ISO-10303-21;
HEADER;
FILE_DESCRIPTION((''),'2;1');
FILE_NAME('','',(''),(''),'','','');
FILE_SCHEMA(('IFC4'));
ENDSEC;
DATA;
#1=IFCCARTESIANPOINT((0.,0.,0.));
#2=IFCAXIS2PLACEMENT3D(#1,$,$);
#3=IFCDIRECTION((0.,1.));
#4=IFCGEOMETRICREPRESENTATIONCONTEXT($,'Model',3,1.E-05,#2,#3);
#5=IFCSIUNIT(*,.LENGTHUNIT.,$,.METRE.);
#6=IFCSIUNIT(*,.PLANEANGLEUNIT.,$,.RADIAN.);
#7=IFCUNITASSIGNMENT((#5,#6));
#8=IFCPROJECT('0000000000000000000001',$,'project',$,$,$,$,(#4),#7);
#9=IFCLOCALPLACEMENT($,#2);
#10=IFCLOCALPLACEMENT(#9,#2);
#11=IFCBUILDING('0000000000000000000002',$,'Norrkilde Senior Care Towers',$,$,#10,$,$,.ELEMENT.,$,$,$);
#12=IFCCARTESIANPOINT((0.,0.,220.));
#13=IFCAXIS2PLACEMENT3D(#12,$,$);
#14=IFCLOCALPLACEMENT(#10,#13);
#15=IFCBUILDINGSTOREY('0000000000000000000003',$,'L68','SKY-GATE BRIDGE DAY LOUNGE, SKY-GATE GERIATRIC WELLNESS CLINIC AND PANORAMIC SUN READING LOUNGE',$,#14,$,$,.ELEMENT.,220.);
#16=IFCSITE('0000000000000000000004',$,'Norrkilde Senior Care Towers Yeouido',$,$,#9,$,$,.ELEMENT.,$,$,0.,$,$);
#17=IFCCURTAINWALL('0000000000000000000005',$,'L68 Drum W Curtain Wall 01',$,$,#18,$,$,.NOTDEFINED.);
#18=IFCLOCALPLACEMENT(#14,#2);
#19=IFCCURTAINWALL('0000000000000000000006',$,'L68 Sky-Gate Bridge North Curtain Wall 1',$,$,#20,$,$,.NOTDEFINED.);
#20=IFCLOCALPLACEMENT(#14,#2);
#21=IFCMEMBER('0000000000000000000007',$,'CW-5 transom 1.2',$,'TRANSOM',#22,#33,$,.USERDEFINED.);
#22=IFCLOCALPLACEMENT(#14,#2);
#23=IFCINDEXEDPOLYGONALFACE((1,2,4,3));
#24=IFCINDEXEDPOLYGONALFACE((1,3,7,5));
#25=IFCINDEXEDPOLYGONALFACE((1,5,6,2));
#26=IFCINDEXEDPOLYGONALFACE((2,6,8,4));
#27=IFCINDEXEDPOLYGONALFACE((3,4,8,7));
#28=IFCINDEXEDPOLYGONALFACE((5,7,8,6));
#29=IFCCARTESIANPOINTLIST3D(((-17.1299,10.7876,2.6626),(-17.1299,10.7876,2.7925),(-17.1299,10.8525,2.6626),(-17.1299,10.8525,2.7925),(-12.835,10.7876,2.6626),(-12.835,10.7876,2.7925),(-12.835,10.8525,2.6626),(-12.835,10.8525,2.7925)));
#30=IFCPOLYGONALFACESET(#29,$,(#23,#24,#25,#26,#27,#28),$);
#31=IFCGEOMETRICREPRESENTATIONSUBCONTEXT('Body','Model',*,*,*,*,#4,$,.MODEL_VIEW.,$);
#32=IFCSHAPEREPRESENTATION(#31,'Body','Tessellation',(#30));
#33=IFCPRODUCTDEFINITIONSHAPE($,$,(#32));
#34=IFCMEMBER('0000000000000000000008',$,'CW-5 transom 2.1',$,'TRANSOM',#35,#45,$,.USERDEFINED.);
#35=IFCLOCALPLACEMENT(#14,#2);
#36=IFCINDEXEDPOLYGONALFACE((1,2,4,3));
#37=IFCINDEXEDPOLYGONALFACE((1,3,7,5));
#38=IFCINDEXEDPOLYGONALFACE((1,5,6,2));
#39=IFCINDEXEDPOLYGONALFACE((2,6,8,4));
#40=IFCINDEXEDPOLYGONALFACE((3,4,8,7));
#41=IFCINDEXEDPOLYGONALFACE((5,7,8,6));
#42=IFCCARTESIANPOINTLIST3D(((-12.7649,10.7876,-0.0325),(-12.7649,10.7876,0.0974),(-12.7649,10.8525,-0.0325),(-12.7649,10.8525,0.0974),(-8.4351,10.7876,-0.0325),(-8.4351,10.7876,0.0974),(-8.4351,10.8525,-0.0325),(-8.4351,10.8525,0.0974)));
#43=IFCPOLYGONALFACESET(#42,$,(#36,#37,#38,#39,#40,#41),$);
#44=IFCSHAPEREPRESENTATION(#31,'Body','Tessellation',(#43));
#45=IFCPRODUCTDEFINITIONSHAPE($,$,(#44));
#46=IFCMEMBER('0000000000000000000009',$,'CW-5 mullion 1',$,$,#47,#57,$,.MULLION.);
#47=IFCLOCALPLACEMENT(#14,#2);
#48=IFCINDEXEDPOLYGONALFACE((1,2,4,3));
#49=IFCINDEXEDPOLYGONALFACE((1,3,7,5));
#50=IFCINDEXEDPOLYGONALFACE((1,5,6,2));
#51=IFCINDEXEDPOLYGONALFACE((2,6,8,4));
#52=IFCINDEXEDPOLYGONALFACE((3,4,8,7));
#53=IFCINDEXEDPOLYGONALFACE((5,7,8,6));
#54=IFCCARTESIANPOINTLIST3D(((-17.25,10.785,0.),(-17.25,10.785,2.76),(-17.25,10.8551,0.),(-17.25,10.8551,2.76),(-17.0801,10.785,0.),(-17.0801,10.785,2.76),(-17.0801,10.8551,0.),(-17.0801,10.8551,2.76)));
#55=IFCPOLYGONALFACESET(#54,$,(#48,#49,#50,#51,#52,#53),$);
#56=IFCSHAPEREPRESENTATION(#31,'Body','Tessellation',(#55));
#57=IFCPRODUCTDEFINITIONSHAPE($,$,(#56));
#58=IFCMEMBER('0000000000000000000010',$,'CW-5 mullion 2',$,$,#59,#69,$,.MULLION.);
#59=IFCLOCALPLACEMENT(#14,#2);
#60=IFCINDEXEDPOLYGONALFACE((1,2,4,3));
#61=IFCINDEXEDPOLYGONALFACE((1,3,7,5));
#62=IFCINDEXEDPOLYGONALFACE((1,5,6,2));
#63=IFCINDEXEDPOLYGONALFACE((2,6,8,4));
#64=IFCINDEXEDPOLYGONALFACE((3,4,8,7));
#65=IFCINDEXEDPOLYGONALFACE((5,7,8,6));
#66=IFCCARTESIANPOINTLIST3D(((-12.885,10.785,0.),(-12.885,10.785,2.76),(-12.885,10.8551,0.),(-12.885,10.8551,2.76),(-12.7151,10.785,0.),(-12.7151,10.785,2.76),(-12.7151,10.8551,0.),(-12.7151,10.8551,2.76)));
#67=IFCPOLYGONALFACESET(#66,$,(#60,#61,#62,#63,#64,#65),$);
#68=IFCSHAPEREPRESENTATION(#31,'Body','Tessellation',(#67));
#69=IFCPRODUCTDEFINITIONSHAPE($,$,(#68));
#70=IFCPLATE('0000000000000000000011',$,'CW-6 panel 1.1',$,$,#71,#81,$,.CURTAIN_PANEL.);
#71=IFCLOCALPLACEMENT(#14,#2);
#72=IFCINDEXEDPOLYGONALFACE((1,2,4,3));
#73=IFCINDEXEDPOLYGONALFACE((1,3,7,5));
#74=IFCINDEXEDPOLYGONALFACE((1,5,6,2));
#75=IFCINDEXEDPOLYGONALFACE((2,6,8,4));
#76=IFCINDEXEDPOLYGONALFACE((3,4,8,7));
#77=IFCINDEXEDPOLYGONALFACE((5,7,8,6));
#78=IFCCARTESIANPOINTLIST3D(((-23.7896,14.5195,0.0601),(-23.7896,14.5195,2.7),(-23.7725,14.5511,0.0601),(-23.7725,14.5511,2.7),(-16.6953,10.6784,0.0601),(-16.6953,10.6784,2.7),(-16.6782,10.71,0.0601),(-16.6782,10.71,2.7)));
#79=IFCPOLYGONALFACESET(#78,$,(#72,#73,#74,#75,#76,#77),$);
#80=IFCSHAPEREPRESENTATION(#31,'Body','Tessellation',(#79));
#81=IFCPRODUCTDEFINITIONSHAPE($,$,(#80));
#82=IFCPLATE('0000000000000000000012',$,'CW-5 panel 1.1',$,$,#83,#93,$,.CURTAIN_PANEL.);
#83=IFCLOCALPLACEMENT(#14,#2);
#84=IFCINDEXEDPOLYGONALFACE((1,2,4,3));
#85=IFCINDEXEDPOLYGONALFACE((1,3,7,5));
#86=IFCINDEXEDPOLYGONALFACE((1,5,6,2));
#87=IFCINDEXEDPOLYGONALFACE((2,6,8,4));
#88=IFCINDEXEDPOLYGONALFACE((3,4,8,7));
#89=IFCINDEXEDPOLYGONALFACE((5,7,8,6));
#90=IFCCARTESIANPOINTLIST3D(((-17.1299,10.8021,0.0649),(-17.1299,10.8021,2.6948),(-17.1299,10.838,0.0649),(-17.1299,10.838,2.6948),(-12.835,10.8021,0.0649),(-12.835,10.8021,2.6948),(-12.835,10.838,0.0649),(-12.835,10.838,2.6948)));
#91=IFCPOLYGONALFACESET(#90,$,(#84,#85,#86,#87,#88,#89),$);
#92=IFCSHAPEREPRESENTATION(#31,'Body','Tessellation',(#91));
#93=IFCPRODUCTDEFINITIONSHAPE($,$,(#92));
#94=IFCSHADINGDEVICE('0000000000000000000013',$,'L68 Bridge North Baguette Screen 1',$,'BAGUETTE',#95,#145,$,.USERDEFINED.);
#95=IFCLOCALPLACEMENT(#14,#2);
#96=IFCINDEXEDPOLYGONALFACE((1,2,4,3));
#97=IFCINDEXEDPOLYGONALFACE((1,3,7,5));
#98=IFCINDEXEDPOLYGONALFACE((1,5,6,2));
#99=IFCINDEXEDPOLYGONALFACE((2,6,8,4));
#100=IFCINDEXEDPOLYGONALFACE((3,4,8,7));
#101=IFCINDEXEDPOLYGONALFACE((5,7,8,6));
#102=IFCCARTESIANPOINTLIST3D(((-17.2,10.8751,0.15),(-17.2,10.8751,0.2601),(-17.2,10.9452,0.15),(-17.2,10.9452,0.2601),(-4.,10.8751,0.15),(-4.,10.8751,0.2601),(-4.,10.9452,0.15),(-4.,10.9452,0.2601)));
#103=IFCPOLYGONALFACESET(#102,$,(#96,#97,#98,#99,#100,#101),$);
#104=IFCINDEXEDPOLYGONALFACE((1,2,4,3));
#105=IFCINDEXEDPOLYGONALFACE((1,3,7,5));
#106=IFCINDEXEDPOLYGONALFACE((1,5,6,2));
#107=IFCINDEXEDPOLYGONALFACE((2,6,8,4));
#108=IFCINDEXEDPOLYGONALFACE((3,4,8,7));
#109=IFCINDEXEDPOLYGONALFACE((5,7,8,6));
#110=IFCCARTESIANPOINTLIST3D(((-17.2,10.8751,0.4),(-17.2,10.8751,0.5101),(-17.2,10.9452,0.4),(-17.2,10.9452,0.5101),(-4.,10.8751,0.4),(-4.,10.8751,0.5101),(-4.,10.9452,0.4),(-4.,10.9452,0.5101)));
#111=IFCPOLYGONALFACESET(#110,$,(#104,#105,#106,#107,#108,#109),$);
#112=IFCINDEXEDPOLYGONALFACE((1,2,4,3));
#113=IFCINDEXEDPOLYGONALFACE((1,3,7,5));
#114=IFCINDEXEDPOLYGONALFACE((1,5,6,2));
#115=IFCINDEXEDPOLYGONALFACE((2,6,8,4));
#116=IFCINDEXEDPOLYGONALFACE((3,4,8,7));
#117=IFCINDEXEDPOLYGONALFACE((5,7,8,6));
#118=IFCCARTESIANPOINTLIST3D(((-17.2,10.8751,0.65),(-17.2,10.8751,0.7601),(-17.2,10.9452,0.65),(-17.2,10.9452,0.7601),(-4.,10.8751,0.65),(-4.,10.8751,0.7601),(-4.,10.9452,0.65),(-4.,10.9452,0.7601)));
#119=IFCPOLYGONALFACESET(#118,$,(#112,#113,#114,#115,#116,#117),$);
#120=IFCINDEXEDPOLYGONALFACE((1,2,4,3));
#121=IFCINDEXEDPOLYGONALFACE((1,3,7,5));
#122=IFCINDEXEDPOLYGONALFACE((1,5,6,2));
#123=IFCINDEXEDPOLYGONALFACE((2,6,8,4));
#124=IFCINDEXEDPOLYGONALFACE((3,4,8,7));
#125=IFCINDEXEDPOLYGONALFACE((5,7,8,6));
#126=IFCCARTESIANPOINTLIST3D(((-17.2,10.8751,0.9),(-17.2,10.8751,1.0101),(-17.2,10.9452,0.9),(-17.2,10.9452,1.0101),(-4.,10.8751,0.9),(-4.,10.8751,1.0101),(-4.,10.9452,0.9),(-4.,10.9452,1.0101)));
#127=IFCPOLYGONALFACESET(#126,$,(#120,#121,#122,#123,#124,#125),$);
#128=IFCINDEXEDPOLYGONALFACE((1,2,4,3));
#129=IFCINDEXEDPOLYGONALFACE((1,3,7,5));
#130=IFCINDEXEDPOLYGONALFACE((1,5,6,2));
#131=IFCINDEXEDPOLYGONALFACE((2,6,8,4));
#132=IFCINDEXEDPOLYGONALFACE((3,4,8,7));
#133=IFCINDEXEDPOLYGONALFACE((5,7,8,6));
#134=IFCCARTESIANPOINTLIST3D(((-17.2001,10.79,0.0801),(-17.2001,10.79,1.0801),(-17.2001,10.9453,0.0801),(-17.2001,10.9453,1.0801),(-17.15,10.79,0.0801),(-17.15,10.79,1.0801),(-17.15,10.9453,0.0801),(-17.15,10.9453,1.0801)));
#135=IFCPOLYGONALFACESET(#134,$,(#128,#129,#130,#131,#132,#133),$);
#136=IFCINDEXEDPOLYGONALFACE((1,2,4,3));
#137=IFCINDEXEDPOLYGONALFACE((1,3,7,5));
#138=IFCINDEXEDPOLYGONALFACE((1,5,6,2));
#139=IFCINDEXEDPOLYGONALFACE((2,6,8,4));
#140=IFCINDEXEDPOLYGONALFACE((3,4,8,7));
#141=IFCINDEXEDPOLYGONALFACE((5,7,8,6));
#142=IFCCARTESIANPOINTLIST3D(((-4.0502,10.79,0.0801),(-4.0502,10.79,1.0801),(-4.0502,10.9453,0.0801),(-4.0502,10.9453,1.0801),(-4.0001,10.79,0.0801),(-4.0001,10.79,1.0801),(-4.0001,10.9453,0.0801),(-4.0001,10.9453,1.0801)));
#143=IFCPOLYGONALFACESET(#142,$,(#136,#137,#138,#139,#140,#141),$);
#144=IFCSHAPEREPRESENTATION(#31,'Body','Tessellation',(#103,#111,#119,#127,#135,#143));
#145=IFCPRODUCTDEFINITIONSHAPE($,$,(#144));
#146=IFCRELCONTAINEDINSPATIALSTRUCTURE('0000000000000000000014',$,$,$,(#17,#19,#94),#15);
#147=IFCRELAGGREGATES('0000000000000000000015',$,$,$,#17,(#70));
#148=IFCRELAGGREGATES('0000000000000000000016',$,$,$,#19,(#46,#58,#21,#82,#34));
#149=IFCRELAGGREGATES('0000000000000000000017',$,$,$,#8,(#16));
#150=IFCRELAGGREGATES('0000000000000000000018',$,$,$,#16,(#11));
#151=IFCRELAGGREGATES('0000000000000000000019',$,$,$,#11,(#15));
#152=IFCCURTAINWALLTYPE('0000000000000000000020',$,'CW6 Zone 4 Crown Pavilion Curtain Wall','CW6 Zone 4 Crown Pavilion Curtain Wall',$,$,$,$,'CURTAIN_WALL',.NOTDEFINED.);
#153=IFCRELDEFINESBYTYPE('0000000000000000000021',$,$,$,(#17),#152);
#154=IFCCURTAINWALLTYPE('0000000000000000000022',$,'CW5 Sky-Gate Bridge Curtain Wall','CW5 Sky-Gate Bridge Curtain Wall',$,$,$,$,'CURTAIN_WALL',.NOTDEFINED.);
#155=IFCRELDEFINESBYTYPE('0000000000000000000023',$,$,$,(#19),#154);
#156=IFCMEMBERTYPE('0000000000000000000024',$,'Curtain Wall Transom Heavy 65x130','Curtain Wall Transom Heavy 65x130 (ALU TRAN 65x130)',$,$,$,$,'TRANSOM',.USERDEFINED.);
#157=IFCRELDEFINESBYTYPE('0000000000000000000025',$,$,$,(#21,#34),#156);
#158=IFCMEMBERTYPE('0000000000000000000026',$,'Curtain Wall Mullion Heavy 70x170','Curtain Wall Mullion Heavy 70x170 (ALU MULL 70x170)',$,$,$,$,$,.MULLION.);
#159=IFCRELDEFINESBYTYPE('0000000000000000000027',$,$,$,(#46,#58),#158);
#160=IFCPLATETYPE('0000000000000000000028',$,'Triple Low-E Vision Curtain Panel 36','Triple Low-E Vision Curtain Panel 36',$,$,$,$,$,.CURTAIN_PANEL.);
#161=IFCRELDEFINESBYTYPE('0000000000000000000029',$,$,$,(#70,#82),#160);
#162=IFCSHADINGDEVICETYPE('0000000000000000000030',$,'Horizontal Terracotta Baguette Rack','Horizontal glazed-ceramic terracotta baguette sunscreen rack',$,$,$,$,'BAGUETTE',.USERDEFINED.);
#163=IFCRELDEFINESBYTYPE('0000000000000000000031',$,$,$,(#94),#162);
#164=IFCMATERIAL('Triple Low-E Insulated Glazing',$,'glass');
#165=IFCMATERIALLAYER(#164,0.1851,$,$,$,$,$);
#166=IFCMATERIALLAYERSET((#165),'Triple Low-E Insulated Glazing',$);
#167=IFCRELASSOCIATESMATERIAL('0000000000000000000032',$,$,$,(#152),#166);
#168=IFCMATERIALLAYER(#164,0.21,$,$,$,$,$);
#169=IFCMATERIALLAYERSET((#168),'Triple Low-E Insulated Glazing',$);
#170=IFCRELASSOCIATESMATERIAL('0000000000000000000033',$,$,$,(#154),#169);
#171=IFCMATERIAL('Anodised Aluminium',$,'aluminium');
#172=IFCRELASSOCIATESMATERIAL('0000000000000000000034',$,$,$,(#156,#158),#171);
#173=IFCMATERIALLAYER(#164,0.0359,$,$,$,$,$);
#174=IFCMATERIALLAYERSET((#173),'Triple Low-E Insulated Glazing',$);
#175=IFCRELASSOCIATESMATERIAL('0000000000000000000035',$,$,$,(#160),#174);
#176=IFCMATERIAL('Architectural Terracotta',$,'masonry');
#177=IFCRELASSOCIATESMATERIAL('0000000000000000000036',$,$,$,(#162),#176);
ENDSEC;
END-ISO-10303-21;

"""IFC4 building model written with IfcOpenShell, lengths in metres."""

from ifc_helpers import new_model, si_unit, direction, frame, origin, origin_2d, place, context, subcontext, project, spatial, rectangle, extrude, source, transform, mapped, material, layer, layer_set, material_profile, profile_set, type_object, type_shapes, element, aggregate, save


model = new_model("IFC4")

# Units and contexts
model_context = context("Model", 3, precision=1e-05, world=origin(), true_north=direction((0.0, 1.0)))
body_context = subcontext(model_context, "Body", "Model", "MODEL_VIEW")
ifc_project = project(units=[si_unit("LENGTHUNIT", "METRE"), si_unit("PLANEANGLEUNIT", "RADIAN")], contexts=[model_context])

# Site, building, storey
site_placement = place(None, origin())
site = spatial("IfcSite", under=ifc_project, at=site_placement, Name="Norrkilde Senior Care Towers Yeouido", CompositionType="ELEMENT", RefElevation=0.0)
building_placement = place(site_placement, origin())
building = spatial("IfcBuilding", under=site, at=building_placement, Name="Norrkilde Senior Care Towers", CompositionType="ELEMENT")
storey_placement = place(building_placement, frame((0.0, 0.0, 220.0)))
storey = spatial("IfcBuildingStorey", under=building, at=storey_placement, Name="L68", Description="SKY-GATE BRIDGE DAY LOUNGE, SKY-GATE GERIATRIC WELLNESS CLINIC AND PANORAMIC SUN READING LOUNGE", CompositionType="ELEMENT", Elevation=220.0)

# Curtain wall
ifc_material_1 = material(Name="Triple Low-E Insulated Glazing", Category="glass")
ifc_layer_1 = layer(ifc_material_1, 0.1851)
ifc_layer_set_1 = layer_set([ifc_layer_1], Name="Triple Low-E Insulated Glazing")
curtain_wall_type_1 = type_object("IfcCurtainWallType", Name="CW6 Zone 4 Crown Pavilion Curtain Wall", Description="CW6 Zone 4 Crown Pavilion Curtain Wall", ElementType="CURTAIN_WALL", PredefinedType="NOTDEFINED", material=ifc_layer_set_1)
curtain_wall_1_placement = place(storey_placement, origin())
curtain_wall_1 = element("IfcCurtainWall", 1, at=curtain_wall_1_placement, inside=storey, type_object=curtain_wall_type_1, Name="L68 Drum W Curtain Wall 01", PredefinedType="NOTDEFINED")
ifc_material_2 = material(Name="Anodised Aluminium", Category="aluminium")

# Curtain wall, members
ifc_layer_2 = layer(ifc_material_1, 0.21)
ifc_layer_set_2 = layer_set([ifc_layer_2], Name="Triple Low-E Insulated Glazing")
curtain_wall_type_2 = type_object("IfcCurtainWallType", Name="CW5 Sky-Gate Bridge Curtain Wall", Description="CW5 Sky-Gate Bridge Curtain Wall", ElementType="CURTAIN_WALL", PredefinedType="NOTDEFINED", material=ifc_layer_set_2)
curtain_wall_2_placement = place(storey_placement, origin())
curtain_wall_2 = element("IfcCurtainWall", 2, at=curtain_wall_2_placement, inside=storey, type_object=curtain_wall_type_2, Name="L68 Sky-Gate Bridge North Curtain Wall 1", PredefinedType="NOTDEFINED")
ifc_material_profile_1 = material_profile(ifc_material_2, rectangle(XDim=0.0649, YDim=0.1299, at=origin_2d()), Name="ALU TRAN 65x130")
ifc_profile_set_1 = profile_set([ifc_material_profile_1], Name="Anodised Aluminium")
member_type_1 = type_object("IfcMemberType", Name="Curtain Wall Transom Heavy 65x130", Description="Curtain Wall Transom Heavy 65x130 (ALU TRAN 65x130)", ElementType="TRANSOM", PredefinedType="USERDEFINED", material=ifc_profile_set_1)
shared_shape_1 = source(origin(), body_context, "Body", "SweptSolid", [
    extrude(rectangle(XDim=0.0649, YDim=0.1299, at=origin_2d()), origin(), (0.0, 0.0, 1.0), 4.2949),
])
member_1_placement = place(storey_placement, frame((-17.1299, 10.8201, 2.7275), z_axis=(1.0, 0.0, 0.0), x_axis=(0.0, 1.0, 0.0)))
member_1 = element("IfcMember", 3, at=member_1_placement, type_object=member_type_1, Name="CW-5 transom 1.2", ObjectType="TRANSOM", PredefinedType="USERDEFINED", context=body_context, shape_type="MappedRepresentation", body=[
    mapped(shared_shape_1, transform((0.0, 0.0, 0.0), x_axis=(1.0, 0.0, 0.0), y_axis=(0.0, 1.0, 0.0), z_axis=(0.0, 0.0, 1.0), scale=1.0)),
])
shared_shape_2 = source(origin(), body_context, "Body", "SweptSolid", [
    extrude(rectangle(XDim=0.0649, YDim=0.1299, at=origin_2d()), origin(), (0.0, 0.0, 1.0), 4.3298),
])
type_shapes(member_type_1, [shared_shape_1, shared_shape_2])
member_2_placement = place(storey_placement, frame((-12.7649, 10.8201, 0.0325), z_axis=(1.0, 0.0, 0.0), x_axis=(0.0, 1.0, 0.0)))
member_2 = element("IfcMember", 4, at=member_2_placement, type_object=member_type_1, Name="CW-5 transom 2.1", ObjectType="TRANSOM", PredefinedType="USERDEFINED", context=body_context, shape_type="MappedRepresentation", body=[
    mapped(shared_shape_2, transform((0.0, 0.0, 0.0), x_axis=(1.0, 0.0, 0.0), y_axis=(0.0, 1.0, 0.0), z_axis=(0.0, 0.0, 1.0), scale=1.0)),
])
ifc_material_profile_2 = material_profile(ifc_material_2, rectangle(XDim=0.0701, YDim=0.1699, at=origin_2d()), Name="ALU MULL 70x170")
ifc_profile_set_2 = profile_set([ifc_material_profile_2], Name="Anodised Aluminium")
member_type_2 = type_object("IfcMemberType", Name="Curtain Wall Mullion Heavy 70x170", Description="Curtain Wall Mullion Heavy 70x170 (ALU MULL 70x170)", PredefinedType="MULLION", material=ifc_profile_set_2)
shared_shape_3 = source(origin(), body_context, "Body", "SweptSolid", [
    extrude(rectangle(XDim=0.0701, YDim=0.1699, at=origin_2d()), origin(), (0.0, 0.0, 1.0), 2.76),
])
type_shapes(member_type_2, [shared_shape_3])
member_3_placement = place(storey_placement, frame((-17.165, 10.8201, 0.0), z_axis=(0.0, 0.0, 1.0), x_axis=(0.0, 1.0, 0.0)))
member_3 = element("IfcMember", 5, at=member_3_placement, type_object=member_type_2, Name="CW-5 mullion 1", PredefinedType="MULLION", context=body_context, shape_type="MappedRepresentation", body=[
    mapped(shared_shape_3, transform((0.0, 0.0, 0.0), x_axis=(1.0, 0.0, 0.0), y_axis=(0.0, 1.0, 0.0), z_axis=(0.0, 0.0, 1.0), scale=1.0)),
])
member_4_placement = place(storey_placement, frame((-12.8, 10.8201, 0.0), z_axis=(0.0, 0.0, 1.0), x_axis=(0.0, 1.0, 0.0)))
member_4 = element("IfcMember", 6, at=member_4_placement, type_object=member_type_2, Name="CW-5 mullion 2", PredefinedType="MULLION", context=body_context, shape_type="MappedRepresentation", body=[
    mapped(shared_shape_3, transform((0.0, 0.0, 0.0), x_axis=(1.0, 0.0, 0.0), y_axis=(0.0, 1.0, 0.0), z_axis=(0.0, 0.0, 1.0), scale=1.0)),
])

# Plates
ifc_layer_3 = layer(ifc_material_1, 0.0359)
ifc_layer_set_3 = layer_set([ifc_layer_3], Name="Triple Low-E Insulated Glazing")
plate_type = type_object("IfcPlateType", Name="Triple Low-E Vision Curtain Panel 36", Description="Triple Low-E Vision Curtain Panel 36", PredefinedType="CURTAIN_PANEL", material=ifc_layer_set_3)
shared_shape_4 = source(origin(), body_context, "Body", "SweptSolid", [
    extrude(rectangle(XDim=8.0674, YDim=0.0359, at=origin_2d()), origin(), (0.0, 0.0, 1.0), 2.6399),
])
plate_1_placement = place(storey_placement, frame((-20.2339, 12.6147, 0.0601), z_axis=(0.0, 0.0, 1.0), x_axis=(0.879373, -0.476133, 0.0)))
plate_1 = element("IfcPlate", 7, at=plate_1_placement, type_object=plate_type, Name="CW-6 panel 1.1", PredefinedType="CURTAIN_PANEL", context=body_context, shape_type="MappedRepresentation", body=[
    mapped(shared_shape_4, transform((0.0, 0.0, 0.0), x_axis=(1.0, 0.0, 0.0), y_axis=(0.0, 1.0, 0.0), z_axis=(0.0, 0.0, 1.0), scale=1.0)),
])
aggregate(curtain_wall_1, [plate_1])
shared_shape_5 = source(origin(), body_context, "Body", "SweptSolid", [
    extrude(rectangle(XDim=4.2949, YDim=0.0359, at=origin_2d()), origin(), (0.0, 0.0, 1.0), 2.6299),
])
type_shapes(plate_type, [shared_shape_4, shared_shape_5])
plate_2_placement = place(storey_placement, frame((-14.9824, 10.8201, 0.0649), z_axis=(0.0, 0.0, 1.0), x_axis=(1.0, 0.0, 0.0)))
plate_2 = element("IfcPlate", 8, at=plate_2_placement, type_object=plate_type, Name="CW-5 panel 1.1", PredefinedType="CURTAIN_PANEL", context=body_context, shape_type="MappedRepresentation", body=[
    mapped(shared_shape_5, transform((0.0, 0.0, 0.0), x_axis=(1.0, 0.0, 0.0), y_axis=(0.0, 1.0, 0.0), z_axis=(0.0, 0.0, 1.0), scale=1.0)),
])
aggregate(curtain_wall_2, [member_3, member_4, member_1, plate_2, member_2])

# Shading device
ifc_material_3 = material(Name="Architectural Terracotta", Category="masonry")
shading_device_type = type_object("IfcShadingDeviceType", Name="Horizontal Terracotta Baguette Rack", Description="Horizontal glazed-ceramic terracotta baguette sunscreen rack", ElementType="BAGUETTE", PredefinedType="USERDEFINED", material=ifc_material_3)
shared_shape_6 = source(origin(), body_context, "Body", "SweptSolid", [
    extrude(rectangle(XDim=0.0701, YDim=0.1101, at=origin_2d()), frame((0.0, 0.0901, 0.125), z_axis=(1.0, 0.0, 0.0), x_axis=(0.0, 1.0, 0.0)), (0.0, 0.0, 1.0), 13.2),
    extrude(rectangle(XDim=0.0701, YDim=0.1101, at=origin_2d()), frame((0.0, 0.0901, 0.375), z_axis=(1.0, 0.0, 0.0), x_axis=(0.0, 1.0, 0.0)), (0.0, 0.0, 1.0), 13.2),
    extrude(rectangle(XDim=0.0701, YDim=0.1101, at=origin_2d()), frame((0.0, 0.0901, 0.625), z_axis=(1.0, 0.0, 0.0), x_axis=(0.0, 1.0, 0.0)), (0.0, 0.0, 1.0), 13.2),
    extrude(rectangle(XDim=0.0701, YDim=0.1101, at=origin_2d()), frame((0.0, 0.0901, 0.875), z_axis=(1.0, 0.0, 0.0), x_axis=(0.0, 1.0, 0.0)), (0.0, 0.0, 1.0), 13.2),
    extrude(rectangle(XDim=0.05, YDim=0.1553, at=origin_2d()), frame((0.0249, 0.0476, 0.0)), (0.0, 0.0, 1.0), 1.0),
    extrude(rectangle(XDim=0.05, YDim=0.1553, at=origin_2d()), frame((13.1748, 0.0476, 0.0)), (0.0, 0.0, 1.0), 1.0),
])
type_shapes(shading_device_type, [shared_shape_6])
shading_device_placement = place(storey_placement, frame((-17.2, 10.8201, 0.0801), z_axis=(0.0, 0.0, 1.0), x_axis=(1.0, 0.0, 0.0)))
element("IfcShadingDevice", 9, at=shading_device_placement, inside=storey, type_object=shading_device_type, Name="L68 Bridge North Baguette Screen 1", ObjectType="BAGUETTE", PredefinedType="USERDEFINED", context=body_context, shape_type="MappedRepresentation", body=[
    mapped(shared_shape_6, transform((0.0, 0.0, 0.0), x_axis=(1.0, 0.0, 0.0), y_axis=(0.0, 1.0, 0.0), z_axis=(0.0, 0.0, 1.0), scale=1.0)),
])

save(model, "model.ifc")
